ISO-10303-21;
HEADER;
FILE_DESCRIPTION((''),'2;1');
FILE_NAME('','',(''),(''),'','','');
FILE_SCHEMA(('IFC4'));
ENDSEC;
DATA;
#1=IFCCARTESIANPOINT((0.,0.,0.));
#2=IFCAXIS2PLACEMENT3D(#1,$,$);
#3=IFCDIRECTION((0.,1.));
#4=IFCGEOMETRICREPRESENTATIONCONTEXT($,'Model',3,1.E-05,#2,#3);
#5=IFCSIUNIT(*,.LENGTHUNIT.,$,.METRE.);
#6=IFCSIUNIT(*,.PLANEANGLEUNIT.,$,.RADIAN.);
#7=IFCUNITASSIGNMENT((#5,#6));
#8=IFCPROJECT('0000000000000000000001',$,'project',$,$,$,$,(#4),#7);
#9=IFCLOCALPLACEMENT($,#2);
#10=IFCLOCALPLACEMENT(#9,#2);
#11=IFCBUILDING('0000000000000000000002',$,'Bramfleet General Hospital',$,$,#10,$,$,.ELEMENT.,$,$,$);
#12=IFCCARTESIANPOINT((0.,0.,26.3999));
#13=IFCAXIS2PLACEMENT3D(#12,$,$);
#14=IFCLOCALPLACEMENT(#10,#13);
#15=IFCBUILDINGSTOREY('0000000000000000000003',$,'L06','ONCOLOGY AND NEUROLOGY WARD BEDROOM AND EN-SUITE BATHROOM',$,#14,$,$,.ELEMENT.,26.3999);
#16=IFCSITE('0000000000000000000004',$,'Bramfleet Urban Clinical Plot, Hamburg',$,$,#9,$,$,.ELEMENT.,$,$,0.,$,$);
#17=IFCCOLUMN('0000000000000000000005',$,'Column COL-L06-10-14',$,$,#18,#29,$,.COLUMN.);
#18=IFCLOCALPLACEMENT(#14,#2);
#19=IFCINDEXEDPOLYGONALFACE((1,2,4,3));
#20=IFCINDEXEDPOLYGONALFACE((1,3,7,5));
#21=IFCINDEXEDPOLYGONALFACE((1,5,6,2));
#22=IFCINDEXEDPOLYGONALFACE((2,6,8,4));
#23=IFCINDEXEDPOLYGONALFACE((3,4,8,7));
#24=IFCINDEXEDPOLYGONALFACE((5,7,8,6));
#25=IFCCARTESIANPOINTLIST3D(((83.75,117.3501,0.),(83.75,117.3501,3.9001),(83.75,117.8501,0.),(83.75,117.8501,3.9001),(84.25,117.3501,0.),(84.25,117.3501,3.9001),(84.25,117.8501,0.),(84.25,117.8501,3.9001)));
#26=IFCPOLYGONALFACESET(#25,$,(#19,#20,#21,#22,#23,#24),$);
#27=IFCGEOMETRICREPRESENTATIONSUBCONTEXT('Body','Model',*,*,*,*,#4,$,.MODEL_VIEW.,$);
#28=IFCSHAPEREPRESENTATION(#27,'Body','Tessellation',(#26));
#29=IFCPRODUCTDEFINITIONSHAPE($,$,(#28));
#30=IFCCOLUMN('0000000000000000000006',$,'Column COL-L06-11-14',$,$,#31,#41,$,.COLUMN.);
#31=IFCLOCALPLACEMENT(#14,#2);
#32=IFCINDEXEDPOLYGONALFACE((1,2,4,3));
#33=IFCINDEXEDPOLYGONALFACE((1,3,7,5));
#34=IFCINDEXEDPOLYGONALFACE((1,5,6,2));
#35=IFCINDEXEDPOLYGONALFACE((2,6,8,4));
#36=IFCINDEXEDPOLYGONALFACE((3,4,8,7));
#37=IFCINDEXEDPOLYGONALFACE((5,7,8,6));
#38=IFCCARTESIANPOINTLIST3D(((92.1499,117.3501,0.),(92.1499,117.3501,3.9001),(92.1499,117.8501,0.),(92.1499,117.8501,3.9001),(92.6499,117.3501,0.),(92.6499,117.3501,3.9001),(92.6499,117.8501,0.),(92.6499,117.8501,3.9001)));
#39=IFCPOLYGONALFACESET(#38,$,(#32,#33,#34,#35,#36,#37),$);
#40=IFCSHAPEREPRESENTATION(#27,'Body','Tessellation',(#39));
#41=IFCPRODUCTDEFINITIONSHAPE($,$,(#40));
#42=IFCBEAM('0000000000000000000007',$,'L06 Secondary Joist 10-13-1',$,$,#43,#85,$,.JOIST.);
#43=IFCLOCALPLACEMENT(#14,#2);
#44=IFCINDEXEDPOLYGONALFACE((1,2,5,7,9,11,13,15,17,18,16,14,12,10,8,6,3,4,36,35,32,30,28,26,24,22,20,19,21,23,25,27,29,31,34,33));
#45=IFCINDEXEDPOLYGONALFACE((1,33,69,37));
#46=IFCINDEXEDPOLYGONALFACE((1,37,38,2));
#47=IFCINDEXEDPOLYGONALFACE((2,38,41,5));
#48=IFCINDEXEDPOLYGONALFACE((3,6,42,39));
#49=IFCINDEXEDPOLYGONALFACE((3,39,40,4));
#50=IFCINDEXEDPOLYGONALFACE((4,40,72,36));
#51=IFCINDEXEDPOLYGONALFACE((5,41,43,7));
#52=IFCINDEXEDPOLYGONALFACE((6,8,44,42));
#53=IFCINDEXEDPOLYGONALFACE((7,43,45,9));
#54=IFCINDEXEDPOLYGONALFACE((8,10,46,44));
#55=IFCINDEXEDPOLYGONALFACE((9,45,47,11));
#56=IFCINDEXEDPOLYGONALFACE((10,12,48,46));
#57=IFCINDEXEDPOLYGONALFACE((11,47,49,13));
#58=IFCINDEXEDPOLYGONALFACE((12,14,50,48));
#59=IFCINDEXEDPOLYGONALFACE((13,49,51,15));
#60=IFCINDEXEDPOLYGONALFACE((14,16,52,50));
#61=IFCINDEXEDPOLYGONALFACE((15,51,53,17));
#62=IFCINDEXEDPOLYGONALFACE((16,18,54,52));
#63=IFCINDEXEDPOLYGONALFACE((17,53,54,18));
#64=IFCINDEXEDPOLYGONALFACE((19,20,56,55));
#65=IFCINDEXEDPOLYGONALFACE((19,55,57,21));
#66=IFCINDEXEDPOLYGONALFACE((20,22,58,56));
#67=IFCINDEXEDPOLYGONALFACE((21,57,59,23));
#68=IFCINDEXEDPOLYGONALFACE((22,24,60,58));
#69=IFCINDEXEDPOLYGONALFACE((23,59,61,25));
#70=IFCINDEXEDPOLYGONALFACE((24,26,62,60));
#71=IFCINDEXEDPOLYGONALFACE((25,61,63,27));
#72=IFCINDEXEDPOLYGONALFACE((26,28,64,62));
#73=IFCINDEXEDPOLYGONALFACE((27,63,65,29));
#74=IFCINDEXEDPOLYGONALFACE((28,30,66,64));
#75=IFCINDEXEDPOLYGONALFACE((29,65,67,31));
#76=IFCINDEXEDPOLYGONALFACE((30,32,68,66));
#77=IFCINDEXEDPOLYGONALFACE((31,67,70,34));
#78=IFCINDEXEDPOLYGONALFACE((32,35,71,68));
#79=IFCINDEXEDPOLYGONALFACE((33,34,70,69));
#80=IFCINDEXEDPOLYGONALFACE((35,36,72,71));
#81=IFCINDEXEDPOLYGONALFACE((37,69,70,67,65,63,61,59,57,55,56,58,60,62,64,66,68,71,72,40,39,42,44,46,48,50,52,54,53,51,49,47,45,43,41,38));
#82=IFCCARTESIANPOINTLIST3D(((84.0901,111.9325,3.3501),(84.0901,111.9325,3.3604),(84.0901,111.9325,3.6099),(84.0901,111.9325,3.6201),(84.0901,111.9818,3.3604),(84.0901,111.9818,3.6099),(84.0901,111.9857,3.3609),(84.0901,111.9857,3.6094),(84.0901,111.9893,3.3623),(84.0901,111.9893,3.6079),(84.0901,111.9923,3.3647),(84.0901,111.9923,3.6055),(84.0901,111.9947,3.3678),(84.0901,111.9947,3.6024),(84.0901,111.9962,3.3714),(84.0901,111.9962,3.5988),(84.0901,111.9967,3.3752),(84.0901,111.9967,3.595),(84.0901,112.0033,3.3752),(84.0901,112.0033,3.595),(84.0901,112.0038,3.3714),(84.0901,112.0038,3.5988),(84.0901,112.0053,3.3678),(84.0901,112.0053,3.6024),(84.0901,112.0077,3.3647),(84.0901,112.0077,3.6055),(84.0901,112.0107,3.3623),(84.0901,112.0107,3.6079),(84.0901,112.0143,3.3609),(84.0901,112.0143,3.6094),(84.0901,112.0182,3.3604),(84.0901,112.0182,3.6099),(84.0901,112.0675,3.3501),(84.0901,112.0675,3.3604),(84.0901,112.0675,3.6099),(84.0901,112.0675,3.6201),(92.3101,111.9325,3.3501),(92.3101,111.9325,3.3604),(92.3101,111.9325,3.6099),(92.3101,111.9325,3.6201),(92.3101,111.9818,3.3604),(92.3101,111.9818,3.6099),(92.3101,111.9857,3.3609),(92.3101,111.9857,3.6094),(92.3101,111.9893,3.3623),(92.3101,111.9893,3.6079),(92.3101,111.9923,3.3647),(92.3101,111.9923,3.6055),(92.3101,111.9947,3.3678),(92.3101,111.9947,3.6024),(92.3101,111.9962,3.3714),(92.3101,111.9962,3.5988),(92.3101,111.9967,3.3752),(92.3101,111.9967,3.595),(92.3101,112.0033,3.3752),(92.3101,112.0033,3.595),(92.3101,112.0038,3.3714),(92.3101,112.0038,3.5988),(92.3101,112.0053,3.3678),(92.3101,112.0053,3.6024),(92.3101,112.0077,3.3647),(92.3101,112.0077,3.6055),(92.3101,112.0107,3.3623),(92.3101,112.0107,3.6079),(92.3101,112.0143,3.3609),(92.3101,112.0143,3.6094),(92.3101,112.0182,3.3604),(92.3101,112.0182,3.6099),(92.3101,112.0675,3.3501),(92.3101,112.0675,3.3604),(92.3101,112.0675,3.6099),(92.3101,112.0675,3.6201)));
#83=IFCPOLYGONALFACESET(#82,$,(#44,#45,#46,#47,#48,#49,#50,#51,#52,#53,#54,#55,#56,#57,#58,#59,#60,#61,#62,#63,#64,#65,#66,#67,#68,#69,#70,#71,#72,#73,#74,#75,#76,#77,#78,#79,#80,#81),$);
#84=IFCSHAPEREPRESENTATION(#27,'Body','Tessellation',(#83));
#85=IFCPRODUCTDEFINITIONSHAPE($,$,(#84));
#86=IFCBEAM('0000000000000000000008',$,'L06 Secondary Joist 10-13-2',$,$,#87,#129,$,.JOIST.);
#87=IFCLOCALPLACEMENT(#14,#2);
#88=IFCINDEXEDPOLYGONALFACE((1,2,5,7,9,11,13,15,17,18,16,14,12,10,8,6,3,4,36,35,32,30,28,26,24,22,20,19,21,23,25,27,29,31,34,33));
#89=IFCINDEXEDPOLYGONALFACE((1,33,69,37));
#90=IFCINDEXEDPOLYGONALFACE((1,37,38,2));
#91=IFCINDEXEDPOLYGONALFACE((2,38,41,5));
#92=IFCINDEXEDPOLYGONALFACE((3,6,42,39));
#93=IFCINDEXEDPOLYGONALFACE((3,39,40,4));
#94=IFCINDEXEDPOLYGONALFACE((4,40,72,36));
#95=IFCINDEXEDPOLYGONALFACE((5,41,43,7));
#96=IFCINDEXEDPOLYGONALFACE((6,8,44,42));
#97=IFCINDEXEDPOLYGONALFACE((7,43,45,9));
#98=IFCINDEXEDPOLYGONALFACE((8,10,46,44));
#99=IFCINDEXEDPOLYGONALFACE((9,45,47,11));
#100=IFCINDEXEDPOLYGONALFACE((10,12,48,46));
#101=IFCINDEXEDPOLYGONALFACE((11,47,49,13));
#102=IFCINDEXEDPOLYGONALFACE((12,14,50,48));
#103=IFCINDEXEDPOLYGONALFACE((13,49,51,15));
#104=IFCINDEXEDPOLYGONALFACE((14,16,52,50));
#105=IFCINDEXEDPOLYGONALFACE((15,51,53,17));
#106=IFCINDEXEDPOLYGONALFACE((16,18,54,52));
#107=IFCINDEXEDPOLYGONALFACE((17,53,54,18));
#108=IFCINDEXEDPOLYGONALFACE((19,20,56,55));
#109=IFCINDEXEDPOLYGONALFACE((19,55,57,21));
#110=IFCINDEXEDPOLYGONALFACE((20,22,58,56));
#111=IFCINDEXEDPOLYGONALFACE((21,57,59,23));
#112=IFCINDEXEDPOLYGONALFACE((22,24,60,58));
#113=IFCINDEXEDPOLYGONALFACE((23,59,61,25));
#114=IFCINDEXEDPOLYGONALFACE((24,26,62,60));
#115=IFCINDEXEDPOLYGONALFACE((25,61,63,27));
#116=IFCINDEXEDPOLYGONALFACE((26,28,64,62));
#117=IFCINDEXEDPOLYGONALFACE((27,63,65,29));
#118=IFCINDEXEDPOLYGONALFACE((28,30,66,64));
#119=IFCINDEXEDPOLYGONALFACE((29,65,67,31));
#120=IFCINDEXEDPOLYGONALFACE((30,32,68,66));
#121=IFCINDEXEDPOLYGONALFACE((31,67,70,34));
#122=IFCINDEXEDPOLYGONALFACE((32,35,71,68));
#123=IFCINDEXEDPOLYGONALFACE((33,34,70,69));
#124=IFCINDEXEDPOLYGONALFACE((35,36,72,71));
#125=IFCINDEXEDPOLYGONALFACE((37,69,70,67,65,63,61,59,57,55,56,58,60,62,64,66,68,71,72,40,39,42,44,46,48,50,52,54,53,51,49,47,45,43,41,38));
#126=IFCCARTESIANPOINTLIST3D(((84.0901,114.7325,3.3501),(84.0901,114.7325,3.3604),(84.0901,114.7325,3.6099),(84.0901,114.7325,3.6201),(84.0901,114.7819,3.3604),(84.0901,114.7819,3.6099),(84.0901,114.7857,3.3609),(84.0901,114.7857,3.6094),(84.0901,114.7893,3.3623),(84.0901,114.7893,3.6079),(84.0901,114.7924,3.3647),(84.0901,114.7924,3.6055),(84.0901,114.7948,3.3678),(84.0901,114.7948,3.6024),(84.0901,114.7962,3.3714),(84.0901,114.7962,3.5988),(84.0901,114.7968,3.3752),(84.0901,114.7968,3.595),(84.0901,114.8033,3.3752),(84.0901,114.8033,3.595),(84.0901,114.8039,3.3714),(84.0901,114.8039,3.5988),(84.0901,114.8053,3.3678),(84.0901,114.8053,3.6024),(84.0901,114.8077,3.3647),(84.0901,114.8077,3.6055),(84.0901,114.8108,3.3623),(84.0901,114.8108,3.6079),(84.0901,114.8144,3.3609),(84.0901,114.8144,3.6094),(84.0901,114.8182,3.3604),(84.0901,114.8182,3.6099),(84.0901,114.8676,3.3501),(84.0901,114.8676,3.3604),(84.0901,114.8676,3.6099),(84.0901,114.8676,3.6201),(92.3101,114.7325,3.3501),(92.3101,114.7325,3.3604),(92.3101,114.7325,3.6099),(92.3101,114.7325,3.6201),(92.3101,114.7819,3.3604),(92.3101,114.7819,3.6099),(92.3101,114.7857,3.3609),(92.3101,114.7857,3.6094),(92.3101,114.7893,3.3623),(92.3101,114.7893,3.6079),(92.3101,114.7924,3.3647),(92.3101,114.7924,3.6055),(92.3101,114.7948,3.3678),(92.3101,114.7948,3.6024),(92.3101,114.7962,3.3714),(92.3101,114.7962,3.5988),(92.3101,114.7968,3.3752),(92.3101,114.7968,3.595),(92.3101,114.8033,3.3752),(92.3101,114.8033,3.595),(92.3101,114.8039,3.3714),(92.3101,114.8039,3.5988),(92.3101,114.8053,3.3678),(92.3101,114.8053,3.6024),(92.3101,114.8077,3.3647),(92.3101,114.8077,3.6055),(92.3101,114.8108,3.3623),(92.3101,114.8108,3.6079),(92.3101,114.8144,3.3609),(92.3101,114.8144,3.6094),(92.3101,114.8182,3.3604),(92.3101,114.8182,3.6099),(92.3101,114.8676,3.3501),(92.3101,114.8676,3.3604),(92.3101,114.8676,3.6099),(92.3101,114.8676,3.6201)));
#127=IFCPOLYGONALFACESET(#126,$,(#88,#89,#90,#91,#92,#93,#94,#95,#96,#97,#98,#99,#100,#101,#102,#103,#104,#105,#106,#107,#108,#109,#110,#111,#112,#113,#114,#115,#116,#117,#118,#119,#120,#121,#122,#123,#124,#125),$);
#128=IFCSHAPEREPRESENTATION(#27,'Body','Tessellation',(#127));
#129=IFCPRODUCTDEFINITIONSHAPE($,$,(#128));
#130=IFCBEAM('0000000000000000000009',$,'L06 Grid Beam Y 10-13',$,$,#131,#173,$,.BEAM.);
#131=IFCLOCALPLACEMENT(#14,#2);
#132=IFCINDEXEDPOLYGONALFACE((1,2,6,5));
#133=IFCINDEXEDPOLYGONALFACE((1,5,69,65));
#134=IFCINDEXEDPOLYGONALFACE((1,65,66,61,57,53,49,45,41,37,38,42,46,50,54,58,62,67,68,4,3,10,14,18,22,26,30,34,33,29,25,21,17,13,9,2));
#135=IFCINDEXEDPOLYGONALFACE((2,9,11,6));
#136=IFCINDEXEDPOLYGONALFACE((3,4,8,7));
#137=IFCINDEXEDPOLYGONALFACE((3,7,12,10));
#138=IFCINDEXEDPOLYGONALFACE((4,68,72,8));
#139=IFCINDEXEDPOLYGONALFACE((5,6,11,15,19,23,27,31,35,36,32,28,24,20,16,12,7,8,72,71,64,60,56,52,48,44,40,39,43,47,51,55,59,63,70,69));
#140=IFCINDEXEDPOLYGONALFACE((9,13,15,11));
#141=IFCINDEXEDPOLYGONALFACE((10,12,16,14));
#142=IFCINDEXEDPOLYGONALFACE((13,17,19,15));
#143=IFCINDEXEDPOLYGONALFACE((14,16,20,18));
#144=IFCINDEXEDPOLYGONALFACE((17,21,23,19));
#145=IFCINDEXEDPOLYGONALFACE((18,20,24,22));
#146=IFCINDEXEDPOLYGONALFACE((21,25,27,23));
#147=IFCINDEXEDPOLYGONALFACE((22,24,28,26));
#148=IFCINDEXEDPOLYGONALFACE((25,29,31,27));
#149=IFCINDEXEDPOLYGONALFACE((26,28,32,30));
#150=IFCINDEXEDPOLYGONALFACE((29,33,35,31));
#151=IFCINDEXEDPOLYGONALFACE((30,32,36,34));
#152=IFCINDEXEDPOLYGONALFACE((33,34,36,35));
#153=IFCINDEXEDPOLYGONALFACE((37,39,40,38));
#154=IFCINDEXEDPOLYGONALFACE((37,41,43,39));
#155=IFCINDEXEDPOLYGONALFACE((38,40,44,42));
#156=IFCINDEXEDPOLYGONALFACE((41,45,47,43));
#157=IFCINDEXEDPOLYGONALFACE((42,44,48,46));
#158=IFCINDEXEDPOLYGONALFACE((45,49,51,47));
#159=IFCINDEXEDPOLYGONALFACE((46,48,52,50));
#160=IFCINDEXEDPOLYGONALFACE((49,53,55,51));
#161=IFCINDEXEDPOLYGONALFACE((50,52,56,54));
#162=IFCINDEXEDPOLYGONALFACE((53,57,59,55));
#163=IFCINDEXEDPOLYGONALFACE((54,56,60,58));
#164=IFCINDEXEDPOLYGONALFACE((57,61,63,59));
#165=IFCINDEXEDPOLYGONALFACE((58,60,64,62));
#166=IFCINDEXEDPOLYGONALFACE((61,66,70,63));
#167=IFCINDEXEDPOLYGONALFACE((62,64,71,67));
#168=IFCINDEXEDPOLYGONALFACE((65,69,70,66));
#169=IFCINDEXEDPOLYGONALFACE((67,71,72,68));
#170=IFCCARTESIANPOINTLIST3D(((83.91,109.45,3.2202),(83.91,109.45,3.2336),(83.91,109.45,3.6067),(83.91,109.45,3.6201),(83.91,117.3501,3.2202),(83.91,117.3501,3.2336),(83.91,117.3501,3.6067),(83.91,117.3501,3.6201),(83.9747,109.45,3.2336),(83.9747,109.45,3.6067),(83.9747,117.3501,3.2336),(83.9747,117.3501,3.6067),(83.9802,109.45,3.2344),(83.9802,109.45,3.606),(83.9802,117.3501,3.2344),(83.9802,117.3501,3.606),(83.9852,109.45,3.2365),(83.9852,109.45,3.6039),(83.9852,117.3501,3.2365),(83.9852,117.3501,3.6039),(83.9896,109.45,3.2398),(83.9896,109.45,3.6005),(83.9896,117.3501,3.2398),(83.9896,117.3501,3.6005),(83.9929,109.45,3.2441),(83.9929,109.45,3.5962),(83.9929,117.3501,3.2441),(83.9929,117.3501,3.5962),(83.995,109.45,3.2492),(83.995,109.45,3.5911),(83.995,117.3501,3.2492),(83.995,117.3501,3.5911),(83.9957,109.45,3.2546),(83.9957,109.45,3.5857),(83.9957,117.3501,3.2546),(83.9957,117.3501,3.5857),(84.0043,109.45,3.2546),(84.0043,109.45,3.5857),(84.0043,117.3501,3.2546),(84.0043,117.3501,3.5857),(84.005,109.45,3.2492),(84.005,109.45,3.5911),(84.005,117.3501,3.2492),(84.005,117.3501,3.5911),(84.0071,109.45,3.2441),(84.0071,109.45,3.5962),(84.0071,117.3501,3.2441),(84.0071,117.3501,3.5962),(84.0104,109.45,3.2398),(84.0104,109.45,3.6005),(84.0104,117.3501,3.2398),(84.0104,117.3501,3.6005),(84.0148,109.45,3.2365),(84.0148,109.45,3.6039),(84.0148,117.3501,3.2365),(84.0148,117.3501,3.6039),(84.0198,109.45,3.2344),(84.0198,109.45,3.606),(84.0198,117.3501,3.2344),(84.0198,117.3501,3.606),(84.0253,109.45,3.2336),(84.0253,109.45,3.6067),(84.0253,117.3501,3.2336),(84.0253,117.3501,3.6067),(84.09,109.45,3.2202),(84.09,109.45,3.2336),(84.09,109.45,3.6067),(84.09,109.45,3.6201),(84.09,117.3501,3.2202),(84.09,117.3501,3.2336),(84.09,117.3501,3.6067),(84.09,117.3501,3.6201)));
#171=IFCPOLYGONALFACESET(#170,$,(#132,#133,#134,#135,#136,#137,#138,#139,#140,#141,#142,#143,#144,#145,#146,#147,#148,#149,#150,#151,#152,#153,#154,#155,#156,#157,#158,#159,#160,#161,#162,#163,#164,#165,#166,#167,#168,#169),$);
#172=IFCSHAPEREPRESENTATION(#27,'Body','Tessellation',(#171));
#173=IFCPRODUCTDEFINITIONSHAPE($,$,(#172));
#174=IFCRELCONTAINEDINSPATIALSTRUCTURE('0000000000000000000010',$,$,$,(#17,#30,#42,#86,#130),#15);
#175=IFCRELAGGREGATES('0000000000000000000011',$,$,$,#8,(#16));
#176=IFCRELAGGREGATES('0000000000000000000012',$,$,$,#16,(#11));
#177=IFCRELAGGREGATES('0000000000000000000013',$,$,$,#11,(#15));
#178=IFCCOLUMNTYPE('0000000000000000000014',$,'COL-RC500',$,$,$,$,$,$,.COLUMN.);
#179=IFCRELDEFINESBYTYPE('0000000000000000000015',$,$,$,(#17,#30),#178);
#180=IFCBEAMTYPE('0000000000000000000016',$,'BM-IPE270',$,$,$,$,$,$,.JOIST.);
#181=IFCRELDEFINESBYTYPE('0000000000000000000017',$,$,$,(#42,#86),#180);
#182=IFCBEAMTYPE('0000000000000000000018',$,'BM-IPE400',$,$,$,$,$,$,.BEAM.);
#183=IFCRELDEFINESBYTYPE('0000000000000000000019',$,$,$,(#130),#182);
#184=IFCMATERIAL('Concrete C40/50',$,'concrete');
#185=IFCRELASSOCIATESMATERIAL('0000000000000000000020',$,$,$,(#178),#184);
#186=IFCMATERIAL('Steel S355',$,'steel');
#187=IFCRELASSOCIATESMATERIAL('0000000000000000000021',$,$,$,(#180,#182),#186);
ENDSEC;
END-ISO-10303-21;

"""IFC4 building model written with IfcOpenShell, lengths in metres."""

from ifc_helpers import new_model, si_unit, direction, frame, origin, origin_2d, place, context, subcontext, project, spatial, rectangle, i_section, extrude, material, material_profile, profile_set, type_object, element, save


model = new_model("IFC4")

# Units and contexts
model_context = context("Model", 3, precision=1e-05, world=origin(), true_north=direction((0.0, 1.0)))
body_context = subcontext(model_context, "Body", "Model", "MODEL_VIEW")
ifc_project = project(units=[si_unit("LENGTHUNIT", "METRE"), si_unit("PLANEANGLEUNIT", "RADIAN")], contexts=[model_context])

# Site, building, storey
site_placement = place(None, origin())
site = spatial("IfcSite", under=ifc_project, at=site_placement, Name="Bramfleet Urban Clinical Plot, Hamburg", CompositionType="ELEMENT", RefElevation=0.0)
building_placement = place(site_placement, origin())
building = spatial("IfcBuilding", under=site, at=building_placement, Name="Bramfleet General Hospital", CompositionType="ELEMENT")
storey_placement = place(building_placement, frame((0.0, 0.0, 26.3999)))
storey = spatial("IfcBuildingStorey", under=building, at=storey_placement, Name="L06", Description="ONCOLOGY AND NEUROLOGY WARD BEDROOM AND EN-SUITE BATHROOM", CompositionType="ELEMENT", Elevation=26.3999)

# Columns
ifc_material_1 = material(Name="Concrete C40/50", Category="concrete")
ifc_material_profile_1 = material_profile(ifc_material_1, rectangle(XDim=0.5, YDim=0.5, at=origin_2d()), Name="RC COL 500x500")
ifc_profile_set_1 = profile_set([ifc_material_profile_1], Name="Concrete C40/50")
column_type = type_object("IfcColumnType", Name="COL-RC500", PredefinedType="COLUMN", material=ifc_profile_set_1)
for number, where, z_axis, x_axis, name in (
    (1, (84.0, 117.6001, 0.0), (0.0, 0.0, 1.0), (1.0, 0.0, 0.0), "Column COL-L06-10-14"),
    (2, (92.3999, 117.6001, 0.0), (0.0, 0.0, 1.0), (1.0, 0.0, 0.0), "Column COL-L06-11-14"),
):
    element("IfcColumn", number, at=place(storey_placement, frame(where, z_axis=z_axis, x_axis=x_axis)), inside=storey, type_object=column_type, Name=name, PredefinedType="COLUMN", context=body_context, shape_type="SweptSolid", body=[
        extrude(rectangle(XDim=0.5, YDim=0.5, at=origin_2d()), origin(), (0.0, 0.0, 1.0), 3.9001),
    ])

# Beams
ifc_material_2 = material(Name="Steel S355", Category="steel")
ifc_material_profile_2 = material_profile(ifc_material_2, i_section(OverallWidth=0.135, OverallDepth=0.27, WebThickness=0.0066, FlangeThickness=0.0103, FilletRadius=0.0149, at=origin_2d()), Name="IPE 270")
ifc_profile_set_2 = profile_set([ifc_material_profile_2], Name="Steel S355")
beam_type_1 = type_object("IfcBeamType", Name="BM-IPE270", PredefinedType="JOIST", material=ifc_profile_set_2)
for number, where, z_axis, x_axis, name in (
    (3, (84.0901, 112.0, 3.4851), (1.0, 0.0, 0.0), (0.0, 1.0, 0.0), "L06 Secondary Joist 10-13-1"),
    (4, (84.0901, 114.8, 3.4851), (1.0, 0.0, 0.0), (0.0, 1.0, 0.0), "L06 Secondary Joist 10-13-2"),
):
    element("IfcBeam", number, at=place(storey_placement, frame(where, z_axis=z_axis, x_axis=x_axis)), inside=storey, type_object=beam_type_1, Name=name, PredefinedType="JOIST", context=body_context, shape_type="SweptSolid", body=[
        extrude(i_section(OverallWidth=0.135, OverallDepth=0.27, WebThickness=0.0066, FlangeThickness=0.0103, FilletRadius=0.0149, at=origin_2d()), origin(), (0.0, 0.0, 1.0), 8.22),
    ])
ifc_material_profile_3 = material_profile(ifc_material_2, i_section(OverallWidth=0.1799, OverallDepth=0.3999, WebThickness=0.0085, FlangeThickness=0.0134, FilletRadius=0.021, at=origin_2d()), Name="IPE 400")
ifc_profile_set_3 = profile_set([ifc_material_profile_3], Name="Steel S355")
beam_type_2 = type_object("IfcBeamType", Name="BM-IPE400", PredefinedType="BEAM", material=ifc_profile_set_3)
for number, where, z_axis, x_axis, name in (
    (5, (84.0, 109.45, 3.4202), (0.0, 1.0, 0.0), (-1.0, 0.0, 0.0), "L06 Grid Beam Y 10-13"),
):
    element("IfcBeam", number, at=place(storey_placement, frame(where, z_axis=z_axis, x_axis=x_axis)), inside=storey, type_object=beam_type_2, Name=name, PredefinedType="BEAM", context=body_context, shape_type="SweptSolid", body=[
        extrude(i_section(OverallWidth=0.1799, OverallDepth=0.3999, WebThickness=0.0085, FlangeThickness=0.0134, FilletRadius=0.021, at=origin_2d()), origin(), (0.0, 0.0, 1.0), 7.9001),
    ])

save(model, "model.ifc")
